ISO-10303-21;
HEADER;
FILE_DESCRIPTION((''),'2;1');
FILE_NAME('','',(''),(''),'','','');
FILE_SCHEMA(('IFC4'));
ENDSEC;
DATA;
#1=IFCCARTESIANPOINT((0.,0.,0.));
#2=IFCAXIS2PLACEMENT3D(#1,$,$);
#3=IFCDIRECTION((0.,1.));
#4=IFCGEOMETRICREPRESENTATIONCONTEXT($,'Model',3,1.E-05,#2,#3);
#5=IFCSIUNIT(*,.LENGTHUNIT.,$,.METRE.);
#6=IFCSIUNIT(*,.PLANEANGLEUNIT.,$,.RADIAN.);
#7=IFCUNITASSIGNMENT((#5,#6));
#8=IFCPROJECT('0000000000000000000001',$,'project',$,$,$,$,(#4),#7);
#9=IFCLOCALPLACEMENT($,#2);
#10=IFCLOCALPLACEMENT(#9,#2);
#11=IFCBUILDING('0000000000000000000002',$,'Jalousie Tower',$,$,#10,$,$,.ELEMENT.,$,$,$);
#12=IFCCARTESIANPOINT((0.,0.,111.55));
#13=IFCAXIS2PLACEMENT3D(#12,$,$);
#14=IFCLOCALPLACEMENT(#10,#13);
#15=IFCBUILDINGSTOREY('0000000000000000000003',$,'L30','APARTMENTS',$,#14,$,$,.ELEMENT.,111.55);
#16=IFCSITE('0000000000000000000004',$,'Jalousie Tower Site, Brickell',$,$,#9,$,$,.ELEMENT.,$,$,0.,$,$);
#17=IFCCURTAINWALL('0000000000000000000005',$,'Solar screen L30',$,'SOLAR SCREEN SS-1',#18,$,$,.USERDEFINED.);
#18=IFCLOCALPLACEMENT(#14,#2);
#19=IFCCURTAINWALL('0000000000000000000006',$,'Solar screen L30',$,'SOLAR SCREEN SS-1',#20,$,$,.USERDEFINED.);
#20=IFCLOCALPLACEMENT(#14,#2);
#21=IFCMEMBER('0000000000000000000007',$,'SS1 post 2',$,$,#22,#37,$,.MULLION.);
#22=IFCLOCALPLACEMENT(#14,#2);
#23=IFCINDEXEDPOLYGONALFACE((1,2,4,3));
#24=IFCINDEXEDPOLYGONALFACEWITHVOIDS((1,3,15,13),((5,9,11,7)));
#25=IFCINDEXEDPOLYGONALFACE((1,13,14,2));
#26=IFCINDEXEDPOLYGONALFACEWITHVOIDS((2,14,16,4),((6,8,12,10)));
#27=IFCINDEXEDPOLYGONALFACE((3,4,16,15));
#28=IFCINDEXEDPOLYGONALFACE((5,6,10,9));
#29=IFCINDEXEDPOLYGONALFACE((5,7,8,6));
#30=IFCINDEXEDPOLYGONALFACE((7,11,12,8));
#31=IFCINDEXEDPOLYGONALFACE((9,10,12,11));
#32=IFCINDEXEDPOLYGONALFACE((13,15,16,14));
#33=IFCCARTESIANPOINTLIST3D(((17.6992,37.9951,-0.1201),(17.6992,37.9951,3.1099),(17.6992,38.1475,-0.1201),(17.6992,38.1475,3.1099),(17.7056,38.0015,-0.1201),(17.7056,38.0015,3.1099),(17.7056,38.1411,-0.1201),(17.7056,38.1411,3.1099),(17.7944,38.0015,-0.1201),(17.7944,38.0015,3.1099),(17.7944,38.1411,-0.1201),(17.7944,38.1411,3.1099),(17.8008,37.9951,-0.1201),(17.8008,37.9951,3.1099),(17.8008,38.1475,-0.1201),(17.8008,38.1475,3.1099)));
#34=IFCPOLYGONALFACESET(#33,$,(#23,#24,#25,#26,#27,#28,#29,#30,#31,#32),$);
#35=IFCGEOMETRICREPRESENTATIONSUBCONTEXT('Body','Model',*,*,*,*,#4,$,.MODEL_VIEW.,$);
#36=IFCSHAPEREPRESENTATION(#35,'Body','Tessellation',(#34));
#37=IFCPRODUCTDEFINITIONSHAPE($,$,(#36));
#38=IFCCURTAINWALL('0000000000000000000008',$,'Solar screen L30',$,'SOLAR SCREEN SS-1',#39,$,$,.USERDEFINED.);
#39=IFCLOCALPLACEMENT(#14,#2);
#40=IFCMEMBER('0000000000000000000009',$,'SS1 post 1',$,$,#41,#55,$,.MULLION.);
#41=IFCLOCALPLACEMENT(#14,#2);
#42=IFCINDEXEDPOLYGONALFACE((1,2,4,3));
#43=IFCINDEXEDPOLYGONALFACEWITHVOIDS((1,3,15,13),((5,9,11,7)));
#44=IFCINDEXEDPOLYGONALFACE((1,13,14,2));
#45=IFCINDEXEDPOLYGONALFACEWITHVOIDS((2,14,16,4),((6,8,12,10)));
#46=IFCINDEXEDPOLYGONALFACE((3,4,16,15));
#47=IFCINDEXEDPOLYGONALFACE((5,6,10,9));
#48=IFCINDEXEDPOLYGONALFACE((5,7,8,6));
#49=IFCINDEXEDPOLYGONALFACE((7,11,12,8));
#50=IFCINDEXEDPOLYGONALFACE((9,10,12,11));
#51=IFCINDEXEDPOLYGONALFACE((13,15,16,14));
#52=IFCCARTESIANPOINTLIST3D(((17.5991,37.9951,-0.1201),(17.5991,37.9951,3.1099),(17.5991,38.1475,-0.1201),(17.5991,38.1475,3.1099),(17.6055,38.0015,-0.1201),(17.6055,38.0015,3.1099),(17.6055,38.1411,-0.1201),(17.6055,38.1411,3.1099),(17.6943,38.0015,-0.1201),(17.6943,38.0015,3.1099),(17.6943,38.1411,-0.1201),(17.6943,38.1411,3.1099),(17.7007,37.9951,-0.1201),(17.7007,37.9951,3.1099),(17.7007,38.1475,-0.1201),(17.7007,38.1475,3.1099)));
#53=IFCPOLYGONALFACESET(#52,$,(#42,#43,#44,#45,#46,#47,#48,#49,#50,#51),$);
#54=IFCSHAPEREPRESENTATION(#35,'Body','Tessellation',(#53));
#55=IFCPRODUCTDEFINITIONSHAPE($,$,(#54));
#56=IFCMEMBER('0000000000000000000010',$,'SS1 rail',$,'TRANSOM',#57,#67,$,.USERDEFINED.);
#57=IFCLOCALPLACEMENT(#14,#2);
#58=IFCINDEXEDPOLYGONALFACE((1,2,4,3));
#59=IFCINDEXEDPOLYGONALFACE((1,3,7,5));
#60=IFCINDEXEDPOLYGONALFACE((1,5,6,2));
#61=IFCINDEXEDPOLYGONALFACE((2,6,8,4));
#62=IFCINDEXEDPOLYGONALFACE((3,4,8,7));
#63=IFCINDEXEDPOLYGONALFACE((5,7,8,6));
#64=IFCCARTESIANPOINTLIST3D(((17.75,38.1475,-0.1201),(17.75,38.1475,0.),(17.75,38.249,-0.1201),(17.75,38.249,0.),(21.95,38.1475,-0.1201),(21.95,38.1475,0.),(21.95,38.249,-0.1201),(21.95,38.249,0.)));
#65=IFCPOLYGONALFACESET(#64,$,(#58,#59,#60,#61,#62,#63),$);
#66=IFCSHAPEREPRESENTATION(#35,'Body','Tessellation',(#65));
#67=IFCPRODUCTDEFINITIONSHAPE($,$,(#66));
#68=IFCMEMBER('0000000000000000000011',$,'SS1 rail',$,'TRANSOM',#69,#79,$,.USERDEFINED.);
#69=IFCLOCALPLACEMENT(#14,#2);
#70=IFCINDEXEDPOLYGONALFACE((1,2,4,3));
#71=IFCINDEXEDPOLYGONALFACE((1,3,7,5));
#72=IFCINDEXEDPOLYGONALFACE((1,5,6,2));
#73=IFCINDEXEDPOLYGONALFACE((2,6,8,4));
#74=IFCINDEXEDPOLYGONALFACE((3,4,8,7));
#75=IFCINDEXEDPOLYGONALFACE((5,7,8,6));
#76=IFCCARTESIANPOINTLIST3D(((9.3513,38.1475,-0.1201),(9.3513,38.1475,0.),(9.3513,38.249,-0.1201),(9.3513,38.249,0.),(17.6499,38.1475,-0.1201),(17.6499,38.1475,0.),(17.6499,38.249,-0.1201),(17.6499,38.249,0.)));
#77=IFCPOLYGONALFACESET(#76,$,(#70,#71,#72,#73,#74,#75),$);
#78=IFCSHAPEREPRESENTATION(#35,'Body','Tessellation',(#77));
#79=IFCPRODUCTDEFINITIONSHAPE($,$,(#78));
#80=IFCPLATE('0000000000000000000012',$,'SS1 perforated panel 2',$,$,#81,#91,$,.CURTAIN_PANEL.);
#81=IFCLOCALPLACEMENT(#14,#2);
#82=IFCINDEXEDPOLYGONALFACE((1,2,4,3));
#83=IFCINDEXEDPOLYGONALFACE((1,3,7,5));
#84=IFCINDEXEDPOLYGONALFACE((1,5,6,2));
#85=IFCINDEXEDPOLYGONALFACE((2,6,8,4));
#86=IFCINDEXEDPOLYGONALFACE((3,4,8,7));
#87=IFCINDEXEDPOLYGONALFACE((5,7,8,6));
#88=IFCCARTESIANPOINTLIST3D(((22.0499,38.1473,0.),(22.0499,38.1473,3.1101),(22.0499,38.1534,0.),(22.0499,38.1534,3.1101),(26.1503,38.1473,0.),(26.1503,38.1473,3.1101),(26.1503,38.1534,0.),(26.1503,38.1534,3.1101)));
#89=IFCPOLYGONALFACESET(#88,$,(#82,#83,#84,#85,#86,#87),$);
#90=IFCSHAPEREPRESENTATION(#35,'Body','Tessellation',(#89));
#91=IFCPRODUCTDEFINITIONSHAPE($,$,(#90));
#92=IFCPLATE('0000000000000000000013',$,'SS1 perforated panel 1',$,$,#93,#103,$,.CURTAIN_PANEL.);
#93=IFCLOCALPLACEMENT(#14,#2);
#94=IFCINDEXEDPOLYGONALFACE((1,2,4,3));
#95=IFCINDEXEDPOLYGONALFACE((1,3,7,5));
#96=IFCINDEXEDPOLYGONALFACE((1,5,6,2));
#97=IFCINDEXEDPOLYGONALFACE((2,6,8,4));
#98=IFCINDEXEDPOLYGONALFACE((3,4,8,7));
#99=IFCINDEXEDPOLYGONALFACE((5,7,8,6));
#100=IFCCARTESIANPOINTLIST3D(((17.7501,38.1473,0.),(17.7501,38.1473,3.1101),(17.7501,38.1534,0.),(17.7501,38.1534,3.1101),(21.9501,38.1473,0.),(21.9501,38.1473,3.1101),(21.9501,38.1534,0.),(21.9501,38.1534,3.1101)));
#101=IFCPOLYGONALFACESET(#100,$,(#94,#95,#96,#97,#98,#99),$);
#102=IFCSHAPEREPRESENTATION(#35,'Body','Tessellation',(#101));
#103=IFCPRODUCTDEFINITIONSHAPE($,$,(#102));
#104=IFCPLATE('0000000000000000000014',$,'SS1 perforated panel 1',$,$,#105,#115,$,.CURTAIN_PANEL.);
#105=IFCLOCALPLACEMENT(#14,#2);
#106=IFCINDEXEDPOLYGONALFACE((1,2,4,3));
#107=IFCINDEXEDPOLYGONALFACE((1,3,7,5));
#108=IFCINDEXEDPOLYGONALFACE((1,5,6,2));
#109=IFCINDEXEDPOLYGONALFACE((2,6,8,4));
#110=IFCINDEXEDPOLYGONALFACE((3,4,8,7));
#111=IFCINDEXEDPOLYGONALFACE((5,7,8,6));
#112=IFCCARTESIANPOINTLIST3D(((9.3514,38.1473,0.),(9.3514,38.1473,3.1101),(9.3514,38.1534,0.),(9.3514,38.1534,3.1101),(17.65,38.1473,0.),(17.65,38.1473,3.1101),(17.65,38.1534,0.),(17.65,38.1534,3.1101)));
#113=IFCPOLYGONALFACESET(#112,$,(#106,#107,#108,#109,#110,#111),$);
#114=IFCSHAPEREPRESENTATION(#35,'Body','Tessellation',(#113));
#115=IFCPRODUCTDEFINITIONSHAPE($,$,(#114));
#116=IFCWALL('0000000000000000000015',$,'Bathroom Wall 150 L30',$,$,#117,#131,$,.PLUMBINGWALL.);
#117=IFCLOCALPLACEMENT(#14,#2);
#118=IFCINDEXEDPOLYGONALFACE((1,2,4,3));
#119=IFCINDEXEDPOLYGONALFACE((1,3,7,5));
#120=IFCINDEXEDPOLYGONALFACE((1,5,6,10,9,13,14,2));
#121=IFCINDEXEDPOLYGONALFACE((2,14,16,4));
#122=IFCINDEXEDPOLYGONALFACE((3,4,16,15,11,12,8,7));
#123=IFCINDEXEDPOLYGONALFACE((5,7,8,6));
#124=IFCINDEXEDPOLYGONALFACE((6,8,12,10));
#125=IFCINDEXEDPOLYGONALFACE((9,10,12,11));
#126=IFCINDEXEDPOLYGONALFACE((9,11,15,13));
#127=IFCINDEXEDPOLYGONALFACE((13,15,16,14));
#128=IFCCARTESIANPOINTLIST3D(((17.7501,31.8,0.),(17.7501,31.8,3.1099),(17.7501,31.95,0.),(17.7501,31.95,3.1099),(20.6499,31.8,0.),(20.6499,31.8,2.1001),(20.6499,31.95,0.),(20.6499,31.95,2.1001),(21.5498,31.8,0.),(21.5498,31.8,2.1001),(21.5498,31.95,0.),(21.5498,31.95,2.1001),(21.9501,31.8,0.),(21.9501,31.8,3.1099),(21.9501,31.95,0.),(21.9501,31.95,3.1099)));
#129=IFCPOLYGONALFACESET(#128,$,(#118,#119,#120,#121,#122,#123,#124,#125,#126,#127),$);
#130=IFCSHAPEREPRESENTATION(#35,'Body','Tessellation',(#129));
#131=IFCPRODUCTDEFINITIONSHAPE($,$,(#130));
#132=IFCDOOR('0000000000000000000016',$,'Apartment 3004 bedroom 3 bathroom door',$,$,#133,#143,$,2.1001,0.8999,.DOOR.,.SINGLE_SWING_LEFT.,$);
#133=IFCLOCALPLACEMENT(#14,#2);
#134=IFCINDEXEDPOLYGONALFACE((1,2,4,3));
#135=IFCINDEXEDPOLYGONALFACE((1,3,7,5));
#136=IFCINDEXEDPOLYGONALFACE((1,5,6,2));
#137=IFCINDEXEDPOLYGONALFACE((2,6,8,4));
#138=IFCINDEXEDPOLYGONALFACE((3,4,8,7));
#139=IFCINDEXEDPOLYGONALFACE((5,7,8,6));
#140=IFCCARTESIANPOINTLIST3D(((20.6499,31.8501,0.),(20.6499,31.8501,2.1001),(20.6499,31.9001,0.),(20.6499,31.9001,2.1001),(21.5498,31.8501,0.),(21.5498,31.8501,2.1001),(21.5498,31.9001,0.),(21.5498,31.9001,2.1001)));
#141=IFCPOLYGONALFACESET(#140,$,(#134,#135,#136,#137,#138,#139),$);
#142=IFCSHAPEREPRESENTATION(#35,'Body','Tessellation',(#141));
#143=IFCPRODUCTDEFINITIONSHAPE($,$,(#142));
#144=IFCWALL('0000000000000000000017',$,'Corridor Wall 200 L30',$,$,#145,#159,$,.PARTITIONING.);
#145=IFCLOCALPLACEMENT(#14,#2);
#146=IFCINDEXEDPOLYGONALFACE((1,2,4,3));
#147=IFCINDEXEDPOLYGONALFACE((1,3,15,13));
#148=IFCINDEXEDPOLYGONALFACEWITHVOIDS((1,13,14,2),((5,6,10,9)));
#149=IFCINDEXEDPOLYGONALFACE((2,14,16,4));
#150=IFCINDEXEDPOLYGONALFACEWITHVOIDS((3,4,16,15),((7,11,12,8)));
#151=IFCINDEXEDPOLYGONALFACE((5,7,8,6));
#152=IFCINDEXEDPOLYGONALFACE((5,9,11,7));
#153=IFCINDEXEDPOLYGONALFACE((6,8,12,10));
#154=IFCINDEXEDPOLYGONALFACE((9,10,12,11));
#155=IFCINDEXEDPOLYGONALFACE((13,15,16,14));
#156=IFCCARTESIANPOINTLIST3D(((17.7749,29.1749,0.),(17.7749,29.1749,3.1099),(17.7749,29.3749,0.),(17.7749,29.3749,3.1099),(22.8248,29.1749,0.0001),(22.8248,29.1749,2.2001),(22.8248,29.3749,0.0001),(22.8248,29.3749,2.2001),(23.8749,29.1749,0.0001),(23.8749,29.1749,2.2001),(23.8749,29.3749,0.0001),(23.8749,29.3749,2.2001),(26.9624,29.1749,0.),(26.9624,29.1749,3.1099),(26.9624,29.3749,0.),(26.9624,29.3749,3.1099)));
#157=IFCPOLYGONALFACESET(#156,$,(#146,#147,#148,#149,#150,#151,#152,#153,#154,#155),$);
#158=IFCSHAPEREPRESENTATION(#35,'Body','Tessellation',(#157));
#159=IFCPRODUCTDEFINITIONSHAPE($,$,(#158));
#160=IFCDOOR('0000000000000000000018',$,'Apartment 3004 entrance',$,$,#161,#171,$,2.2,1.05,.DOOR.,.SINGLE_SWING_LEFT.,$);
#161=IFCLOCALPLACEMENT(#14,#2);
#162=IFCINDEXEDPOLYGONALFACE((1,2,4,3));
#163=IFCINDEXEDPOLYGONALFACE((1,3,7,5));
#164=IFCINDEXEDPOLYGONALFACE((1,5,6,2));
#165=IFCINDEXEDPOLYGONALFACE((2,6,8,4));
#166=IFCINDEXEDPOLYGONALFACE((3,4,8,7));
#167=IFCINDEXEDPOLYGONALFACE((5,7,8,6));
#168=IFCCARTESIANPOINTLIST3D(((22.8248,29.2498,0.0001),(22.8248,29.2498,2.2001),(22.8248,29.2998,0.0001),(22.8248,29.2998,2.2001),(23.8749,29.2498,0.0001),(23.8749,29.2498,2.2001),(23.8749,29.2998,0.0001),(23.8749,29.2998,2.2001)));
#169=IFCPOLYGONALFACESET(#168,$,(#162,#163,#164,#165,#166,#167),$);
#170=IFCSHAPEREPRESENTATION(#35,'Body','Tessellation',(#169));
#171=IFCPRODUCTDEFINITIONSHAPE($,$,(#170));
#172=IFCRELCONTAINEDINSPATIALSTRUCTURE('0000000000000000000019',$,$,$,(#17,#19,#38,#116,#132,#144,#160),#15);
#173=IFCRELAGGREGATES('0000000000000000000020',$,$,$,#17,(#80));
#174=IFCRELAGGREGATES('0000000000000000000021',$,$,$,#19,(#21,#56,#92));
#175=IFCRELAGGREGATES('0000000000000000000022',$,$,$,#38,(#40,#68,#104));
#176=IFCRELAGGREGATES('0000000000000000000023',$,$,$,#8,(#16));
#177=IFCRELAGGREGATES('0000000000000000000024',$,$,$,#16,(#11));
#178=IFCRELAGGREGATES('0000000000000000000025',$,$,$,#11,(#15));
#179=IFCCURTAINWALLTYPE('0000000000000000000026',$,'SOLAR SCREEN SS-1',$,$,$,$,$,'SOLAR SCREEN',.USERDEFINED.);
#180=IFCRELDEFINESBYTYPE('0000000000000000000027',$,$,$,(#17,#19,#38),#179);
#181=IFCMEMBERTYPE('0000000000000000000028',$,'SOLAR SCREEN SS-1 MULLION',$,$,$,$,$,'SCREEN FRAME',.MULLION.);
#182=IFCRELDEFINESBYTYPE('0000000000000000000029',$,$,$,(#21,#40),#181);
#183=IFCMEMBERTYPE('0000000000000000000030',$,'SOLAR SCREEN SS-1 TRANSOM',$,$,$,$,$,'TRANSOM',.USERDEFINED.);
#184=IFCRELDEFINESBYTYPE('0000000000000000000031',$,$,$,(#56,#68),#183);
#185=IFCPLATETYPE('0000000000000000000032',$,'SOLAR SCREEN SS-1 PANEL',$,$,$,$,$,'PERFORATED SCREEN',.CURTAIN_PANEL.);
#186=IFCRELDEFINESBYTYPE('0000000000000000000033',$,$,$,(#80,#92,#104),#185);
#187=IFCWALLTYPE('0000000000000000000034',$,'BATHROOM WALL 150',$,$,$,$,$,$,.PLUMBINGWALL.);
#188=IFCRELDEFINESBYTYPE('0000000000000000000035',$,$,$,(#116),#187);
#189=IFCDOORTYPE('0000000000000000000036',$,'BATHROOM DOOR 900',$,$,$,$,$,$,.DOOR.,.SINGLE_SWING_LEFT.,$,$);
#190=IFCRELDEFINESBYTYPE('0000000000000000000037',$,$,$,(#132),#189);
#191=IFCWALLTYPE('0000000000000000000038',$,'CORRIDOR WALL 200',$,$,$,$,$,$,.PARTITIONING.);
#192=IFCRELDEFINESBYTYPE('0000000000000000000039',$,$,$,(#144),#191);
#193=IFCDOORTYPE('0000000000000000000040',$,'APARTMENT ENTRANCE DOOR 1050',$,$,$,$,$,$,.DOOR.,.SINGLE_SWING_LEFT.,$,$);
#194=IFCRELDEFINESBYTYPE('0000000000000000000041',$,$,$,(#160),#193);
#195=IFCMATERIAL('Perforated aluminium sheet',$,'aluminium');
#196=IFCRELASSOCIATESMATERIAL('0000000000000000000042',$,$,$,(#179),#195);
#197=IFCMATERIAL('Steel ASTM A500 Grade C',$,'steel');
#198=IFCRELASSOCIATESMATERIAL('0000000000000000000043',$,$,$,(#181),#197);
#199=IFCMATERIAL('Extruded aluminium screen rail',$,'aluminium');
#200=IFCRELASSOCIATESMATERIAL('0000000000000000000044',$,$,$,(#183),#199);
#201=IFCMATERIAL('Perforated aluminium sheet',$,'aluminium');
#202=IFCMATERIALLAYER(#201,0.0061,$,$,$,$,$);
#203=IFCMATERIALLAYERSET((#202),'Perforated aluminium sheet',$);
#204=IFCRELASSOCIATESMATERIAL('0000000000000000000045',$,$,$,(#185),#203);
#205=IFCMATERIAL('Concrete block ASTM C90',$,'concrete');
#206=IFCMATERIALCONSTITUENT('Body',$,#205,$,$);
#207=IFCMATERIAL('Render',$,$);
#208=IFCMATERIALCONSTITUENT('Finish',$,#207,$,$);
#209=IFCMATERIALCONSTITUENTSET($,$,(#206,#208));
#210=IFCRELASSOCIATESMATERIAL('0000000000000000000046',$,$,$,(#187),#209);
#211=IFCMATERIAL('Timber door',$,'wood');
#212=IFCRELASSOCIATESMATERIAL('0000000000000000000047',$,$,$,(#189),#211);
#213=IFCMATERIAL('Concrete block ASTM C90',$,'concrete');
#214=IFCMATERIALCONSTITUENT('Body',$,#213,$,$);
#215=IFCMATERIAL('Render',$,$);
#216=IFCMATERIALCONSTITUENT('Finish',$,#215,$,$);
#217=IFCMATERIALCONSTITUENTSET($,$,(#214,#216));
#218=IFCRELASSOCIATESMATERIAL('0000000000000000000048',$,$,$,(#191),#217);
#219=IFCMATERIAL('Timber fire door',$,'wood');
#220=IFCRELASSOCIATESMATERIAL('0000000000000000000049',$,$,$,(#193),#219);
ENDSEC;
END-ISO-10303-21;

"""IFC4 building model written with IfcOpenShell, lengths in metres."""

from ifc_helpers import new_model, si_unit, direction, frame, frame_2d, origin, origin_2d, place, context, subcontext, project, spatial, rectangle, hollow_rectangle, extrude, material, layer, layer_set, constituent, constituent_set, material_profile, profile_set, type_object, element, fill, aggregate, save


model = new_model("IFC4")

# Units and contexts
model_context = context("Model", 3, precision=1e-05, world=origin(), true_north=direction((0.0, 1.0)))
body_context = subcontext(model_context, "Body", "Model", "MODEL_VIEW")
ifc_project = project(units=[si_unit("LENGTHUNIT", "METRE"), si_unit("PLANEANGLEUNIT", "RADIAN")], contexts=[model_context])

# Site, building, storey
site_placement = place(None, origin())
site = spatial("IfcSite", under=ifc_project, at=site_placement, Name="Jalousie Tower Site, Brickell", CompositionType="ELEMENT", RefElevation=0.0)
building_placement = place(site_placement, origin())
building = spatial("IfcBuilding", under=site, at=building_placement, Name="Jalousie Tower", CompositionType="ELEMENT")
storey_placement = place(building_placement, frame((0.0, 0.0, 111.55)))
storey = spatial("IfcBuildingStorey", under=building, at=storey_placement, Name="L30", Description="APARTMENTS", CompositionType="ELEMENT", Elevation=111.55)

# Curtain walls, member
ifc_material_1 = material(Name="Perforated aluminium sheet", Category="aluminium")
curtain_wall_type = type_object("IfcCurtainWallType", Name="SOLAR SCREEN SS-1", ElementType="SOLAR SCREEN", PredefinedType="USERDEFINED", material=ifc_material_1)
curtain_wall_1_placement = place(storey_placement, origin())
curtain_wall_1 = element("IfcCurtainWall", 1, at=curtain_wall_1_placement, inside=storey, type_object=curtain_wall_type, Name="Solar screen L30", ObjectType="SOLAR SCREEN SS-1", PredefinedType="USERDEFINED")
ifc_material_2 = material(Name="Steel ASTM A500 Grade C", Category="steel")
ifc_material_profile_1 = material_profile(ifc_material_2, hollow_rectangle(XDim=0.1016, YDim=0.1523, WallThickness=0.0063, at=origin_2d()), Name="HSS6X4X1/4")
ifc_profile_set_1 = profile_set([ifc_material_profile_1], Name="Steel ASTM A500 Grade C")
member_type_1 = type_object("IfcMemberType", Name="SOLAR SCREEN SS-1 MULLION", ElementType="SCREEN FRAME", PredefinedType="MULLION", material=ifc_profile_set_1)
curtain_wall_2_placement = place(storey_placement, origin())
curtain_wall_2 = element("IfcCurtainWall", 2, at=curtain_wall_2_placement, inside=storey, type_object=curtain_wall_type, Name="Solar screen L30", ObjectType="SOLAR SCREEN SS-1", PredefinedType="USERDEFINED")
member_1_placement = place(storey_placement, frame((17.75, 38.0713, -0.1201), z_axis=(0.0, 0.0, 1.0), x_axis=(-1.0, 0.0, 0.0)))
member_1 = element("IfcMember", 3, at=member_1_placement, type_object=member_type_1, Name="SS1 post 2", PredefinedType="MULLION", context=body_context, shape_type="SweptSolid", body=[
    extrude(hollow_rectangle(XDim=0.1016, YDim=0.1523, WallThickness=0.0063, at=origin_2d()), origin(), (0.0, 0.0, 1.0), 3.23),
])

# Curtain wall, member
curtain_wall_3_placement = place(storey_placement, origin())
curtain_wall_3 = element("IfcCurtainWall", 4, at=curtain_wall_3_placement, inside=storey, type_object=curtain_wall_type, Name="Solar screen L30", ObjectType="SOLAR SCREEN SS-1", PredefinedType="USERDEFINED")
member_2_placement = place(storey_placement, frame((17.6499, 38.0713, -0.1201), z_axis=(0.0, 0.0, 1.0), x_axis=(-1.0, 0.0, 0.0)))
member_2 = element("IfcMember", 5, at=member_2_placement, type_object=member_type_1, Name="SS1 post 1", PredefinedType="MULLION", context=body_context, shape_type="SweptSolid", body=[
    extrude(hollow_rectangle(XDim=0.1016, YDim=0.1523, WallThickness=0.0063, at=origin_2d()), origin(), (0.0, 0.0, 1.0), 3.23),
])

# Members
ifc_material_3 = material(Name="Extruded aluminium screen rail", Category="aluminium")
ifc_material_profile_2 = material_profile(ifc_material_3, rectangle(XDim=0.1016, YDim=0.1201, at=origin_2d()), Name="RAIL 102x120")
ifc_profile_set_2 = profile_set([ifc_material_profile_2], Name="Extruded aluminium screen rail")
member_type_2 = type_object("IfcMemberType", Name="SOLAR SCREEN SS-1 TRANSOM", ElementType="TRANSOM", PredefinedType="USERDEFINED", material=ifc_profile_set_2)
member_3_placement = place(storey_placement, frame((21.95, 38.1982, -0.0601), z_axis=(-1.0, 0.0, 0.0), x_axis=(0.0, -1.0, 0.0)))
member_3 = element("IfcMember", 6, at=member_3_placement, type_object=member_type_2, Name="SS1 rail", ObjectType="TRANSOM", PredefinedType="USERDEFINED", context=body_context, shape_type="SweptSolid", body=[
    extrude(rectangle(XDim=0.1016, YDim=0.1201, at=origin_2d()), origin(), (0.0, 0.0, 1.0), 4.2),
])
member_4_placement = place(storey_placement, frame((17.6499, 38.1982, -0.0601), z_axis=(-1.0, 0.0, 0.0), x_axis=(0.0, -1.0, 0.0)))
member_4 = element("IfcMember", 7, at=member_4_placement, type_object=member_type_2, Name="SS1 rail", ObjectType="TRANSOM", PredefinedType="USERDEFINED", context=body_context, shape_type="SweptSolid", body=[
    extrude(rectangle(XDim=0.1016, YDim=0.1201, at=origin_2d()), origin(), (0.0, 0.0, 1.0), 8.2986),
])

# Plates
ifc_material_4 = material(Name="Perforated aluminium sheet", Category="aluminium")
ifc_layer_1 = layer(ifc_material_4, 0.0061)
ifc_layer_set_1 = layer_set([ifc_layer_1], Name="Perforated aluminium sheet")
plate_type = type_object("IfcPlateType", Name="SOLAR SCREEN SS-1 PANEL", ElementType="PERFORATED SCREEN", PredefinedType="CURTAIN_PANEL", material=ifc_layer_set_1)
plate_1_placement = place(storey_placement, frame((24.1001, 38.1504, 0.0), z_axis=(0.0, 0.0, 1.0), x_axis=(-1.0, 0.0, 0.0)))
plate_1 = element("IfcPlate", 8, at=plate_1_placement, type_object=plate_type, Name="SS1 perforated panel 2", PredefinedType="CURTAIN_PANEL", context=body_context, shape_type="SweptSolid", body=[
    extrude(rectangle(XDim=4.1003, YDim=0.0061, at=origin_2d()), origin(), (0.0, 0.0, 1.0), 3.1101),
])
aggregate(curtain_wall_1, [plate_1])
plate_2_placement = place(storey_placement, frame((19.8501, 38.1504, 0.0), z_axis=(0.0, 0.0, 1.0), x_axis=(-1.0, 0.0, 0.0)))
plate_2 = element("IfcPlate", 9, at=plate_2_placement, type_object=plate_type, Name="SS1 perforated panel 1", PredefinedType="CURTAIN_PANEL", context=body_context, shape_type="SweptSolid", body=[
    extrude(rectangle(XDim=4.2, YDim=0.0061, at=origin_2d()), origin(), (0.0, 0.0, 1.0), 3.1101),
])
aggregate(curtain_wall_2, [member_1, member_3, plate_2])
plate_3_placement = place(storey_placement, frame((13.5007, 38.1504, 0.0), z_axis=(0.0, 0.0, 1.0), x_axis=(-1.0, 0.0, 0.0)))
plate_3 = element("IfcPlate", 10, at=plate_3_placement, type_object=plate_type, Name="SS1 perforated panel 1", PredefinedType="CURTAIN_PANEL", context=body_context, shape_type="SweptSolid", body=[
    extrude(rectangle(XDim=8.2986, YDim=0.0061, at=origin_2d()), origin(), (0.0, 0.0, 1.0), 3.1101),
])
aggregate(curtain_wall_3, [member_2, member_4, plate_3])

# Walls, openings, doors
ifc_material_5 = material(Name="Concrete block ASTM C90", Category="concrete")
ifc_constituent_1 = constituent(ifc_material_5, Name="Body")
ifc_material_6 = material(Name="Render")
ifc_constituent_2 = constituent(ifc_material_6, Name="Finish")
ifc_constituent_set_1 = constituent_set(constituents=[ifc_constituent_1, ifc_constituent_2])
wall_type_1 = type_object("IfcWallType", Name="BATHROOM WALL 150", PredefinedType="PLUMBINGWALL", material=ifc_constituent_set_1)
wall_1_placement = place(storey_placement, frame((17.75, 31.875, 0.0), z_axis=(0.0, 0.0, 1.0), x_axis=(1.0, 0.0, 0.0)))
wall_1 = element("IfcWall", 11, at=wall_1_placement, inside=storey, type_object=wall_type_1, Name="Bathroom Wall 150 L30", PredefinedType="PLUMBINGWALL", context=body_context, shape_type="SweptSolid", body=[
    extrude(rectangle(XDim=4.2, YDim=0.1499, at=frame_2d((2.1001, 0.0))), origin(), (0.0, 0.0, 1.0), 3.1099),
])
opening_1_placement = place(wall_1_placement, frame((2.8999, 0.0, 0.0)))
opening_1 = element("IfcOpeningElement", 12, at=opening_1_placement, cuts=wall_1, PredefinedType="OPENING", context=body_context, shape_type="SweptSolid", body=[
    extrude(rectangle(XDim=0.8999, YDim=2.1001, at=frame_2d((0.45, 1.05))), frame((0.0, 0.085, 0.0), z_axis=(0.0, -1.0, 0.0), x_axis=(1.0, 0.0, 0.0)), (0.0, 0.0, 1.0), 0.1699),
])
ifc_material_7 = material(Name="Timber door", Category="wood")
door_type_1 = type_object("IfcDoorType", Name="BATHROOM DOOR 900", OperationType="SINGLE_SWING_LEFT", PredefinedType="DOOR", material=ifc_material_7)
door_1_placement = place(opening_1_placement, frame((0.8999, 0.0, 0.0), z_axis=(0.0, 0.0, 1.0), x_axis=(-1.0, 0.0, 0.0)))
door_1 = element("IfcDoor", 13, at=door_1_placement, inside=storey, type_object=door_type_1, Name="Apartment 3004 bedroom 3 bathroom door", OperationType="SINGLE_SWING_LEFT", OverallHeight=2.1001, OverallWidth=0.8999, PredefinedType="DOOR", context=body_context, shape_type="SweptSolid", body=[
    extrude(rectangle(XDim=0.8999, YDim=2.1001, at=frame_2d((0.45, 1.05))), frame((0.0, 0.0249, 0.0), z_axis=(0.0, -1.0, 0.0), x_axis=(1.0, 0.0, 0.0)), (0.0, 0.0, 1.0), 0.05),
])
fill(opening_1, door_1)
ifc_material_8 = material(Name="Concrete block ASTM C90", Category="concrete")
ifc_constituent_3 = constituent(ifc_material_8, Name="Body")
ifc_material_9 = material(Name="Render")
ifc_constituent_4 = constituent(ifc_material_9, Name="Finish")
ifc_constituent_set_2 = constituent_set(constituents=[ifc_constituent_3, ifc_constituent_4])
wall_type_2 = type_object("IfcWallType", Name="CORRIDOR WALL 200", PredefinedType="PARTITIONING", material=ifc_constituent_set_2)
wall_2_placement = place(storey_placement, frame((17.7749, 29.2749, 0.0), z_axis=(0.0, 0.0, 1.0), x_axis=(1.0, 0.0, 0.0)))
wall_2 = element("IfcWall", 14, at=wall_2_placement, inside=storey, type_object=wall_type_2, Name="Corridor Wall 200 L30", PredefinedType="PARTITIONING", context=body_context, shape_type="SweptSolid", body=[
    extrude(rectangle(XDim=9.1875, YDim=0.2, at=frame_2d((4.5938, 0.0))), origin(), (0.0, 0.0, 1.0), 3.1099),
])
opening_2_placement = place(wall_2_placement, frame((5.05, 0.0, 0.0)))
opening_2 = element("IfcOpeningElement", 15, at=opening_2_placement, cuts=wall_2, PredefinedType="OPENING", context=body_context, shape_type="SweptSolid", body=[
    extrude(rectangle(XDim=1.05, YDim=2.2, at=frame_2d((0.5249, 1.1001))), frame((0.0, 0.1099, 0.0), z_axis=(0.0, -1.0, 0.0), x_axis=(1.0, 0.0, 0.0)), (0.0, 0.0, 1.0), 0.22),
])
ifc_material_10 = material(Name="Timber fire door", Category="wood")
door_type_2 = type_object("IfcDoorType", Name="APARTMENT ENTRANCE DOOR 1050", OperationType="SINGLE_SWING_LEFT", PredefinedType="DOOR", material=ifc_material_10)
door_2_placement = place(opening_2_placement, origin())
door_2 = element("IfcDoor", 16, at=door_2_placement, inside=storey, type_object=door_type_2, Name="Apartment 3004 entrance", OperationType="SINGLE_SWING_LEFT", OverallHeight=2.2, OverallWidth=1.05, PredefinedType="DOOR", context=body_context, shape_type="SweptSolid", body=[
    extrude(rectangle(XDim=1.05, YDim=2.2, at=frame_2d((0.5249, 1.1001))), frame((0.0, 0.0249, 0.0), z_axis=(0.0, -1.0, 0.0), x_axis=(1.0, 0.0, 0.0)), (0.0, 0.0, 1.0), 0.05),
])
fill(opening_2, door_2)

save(model, "model.ifc")
